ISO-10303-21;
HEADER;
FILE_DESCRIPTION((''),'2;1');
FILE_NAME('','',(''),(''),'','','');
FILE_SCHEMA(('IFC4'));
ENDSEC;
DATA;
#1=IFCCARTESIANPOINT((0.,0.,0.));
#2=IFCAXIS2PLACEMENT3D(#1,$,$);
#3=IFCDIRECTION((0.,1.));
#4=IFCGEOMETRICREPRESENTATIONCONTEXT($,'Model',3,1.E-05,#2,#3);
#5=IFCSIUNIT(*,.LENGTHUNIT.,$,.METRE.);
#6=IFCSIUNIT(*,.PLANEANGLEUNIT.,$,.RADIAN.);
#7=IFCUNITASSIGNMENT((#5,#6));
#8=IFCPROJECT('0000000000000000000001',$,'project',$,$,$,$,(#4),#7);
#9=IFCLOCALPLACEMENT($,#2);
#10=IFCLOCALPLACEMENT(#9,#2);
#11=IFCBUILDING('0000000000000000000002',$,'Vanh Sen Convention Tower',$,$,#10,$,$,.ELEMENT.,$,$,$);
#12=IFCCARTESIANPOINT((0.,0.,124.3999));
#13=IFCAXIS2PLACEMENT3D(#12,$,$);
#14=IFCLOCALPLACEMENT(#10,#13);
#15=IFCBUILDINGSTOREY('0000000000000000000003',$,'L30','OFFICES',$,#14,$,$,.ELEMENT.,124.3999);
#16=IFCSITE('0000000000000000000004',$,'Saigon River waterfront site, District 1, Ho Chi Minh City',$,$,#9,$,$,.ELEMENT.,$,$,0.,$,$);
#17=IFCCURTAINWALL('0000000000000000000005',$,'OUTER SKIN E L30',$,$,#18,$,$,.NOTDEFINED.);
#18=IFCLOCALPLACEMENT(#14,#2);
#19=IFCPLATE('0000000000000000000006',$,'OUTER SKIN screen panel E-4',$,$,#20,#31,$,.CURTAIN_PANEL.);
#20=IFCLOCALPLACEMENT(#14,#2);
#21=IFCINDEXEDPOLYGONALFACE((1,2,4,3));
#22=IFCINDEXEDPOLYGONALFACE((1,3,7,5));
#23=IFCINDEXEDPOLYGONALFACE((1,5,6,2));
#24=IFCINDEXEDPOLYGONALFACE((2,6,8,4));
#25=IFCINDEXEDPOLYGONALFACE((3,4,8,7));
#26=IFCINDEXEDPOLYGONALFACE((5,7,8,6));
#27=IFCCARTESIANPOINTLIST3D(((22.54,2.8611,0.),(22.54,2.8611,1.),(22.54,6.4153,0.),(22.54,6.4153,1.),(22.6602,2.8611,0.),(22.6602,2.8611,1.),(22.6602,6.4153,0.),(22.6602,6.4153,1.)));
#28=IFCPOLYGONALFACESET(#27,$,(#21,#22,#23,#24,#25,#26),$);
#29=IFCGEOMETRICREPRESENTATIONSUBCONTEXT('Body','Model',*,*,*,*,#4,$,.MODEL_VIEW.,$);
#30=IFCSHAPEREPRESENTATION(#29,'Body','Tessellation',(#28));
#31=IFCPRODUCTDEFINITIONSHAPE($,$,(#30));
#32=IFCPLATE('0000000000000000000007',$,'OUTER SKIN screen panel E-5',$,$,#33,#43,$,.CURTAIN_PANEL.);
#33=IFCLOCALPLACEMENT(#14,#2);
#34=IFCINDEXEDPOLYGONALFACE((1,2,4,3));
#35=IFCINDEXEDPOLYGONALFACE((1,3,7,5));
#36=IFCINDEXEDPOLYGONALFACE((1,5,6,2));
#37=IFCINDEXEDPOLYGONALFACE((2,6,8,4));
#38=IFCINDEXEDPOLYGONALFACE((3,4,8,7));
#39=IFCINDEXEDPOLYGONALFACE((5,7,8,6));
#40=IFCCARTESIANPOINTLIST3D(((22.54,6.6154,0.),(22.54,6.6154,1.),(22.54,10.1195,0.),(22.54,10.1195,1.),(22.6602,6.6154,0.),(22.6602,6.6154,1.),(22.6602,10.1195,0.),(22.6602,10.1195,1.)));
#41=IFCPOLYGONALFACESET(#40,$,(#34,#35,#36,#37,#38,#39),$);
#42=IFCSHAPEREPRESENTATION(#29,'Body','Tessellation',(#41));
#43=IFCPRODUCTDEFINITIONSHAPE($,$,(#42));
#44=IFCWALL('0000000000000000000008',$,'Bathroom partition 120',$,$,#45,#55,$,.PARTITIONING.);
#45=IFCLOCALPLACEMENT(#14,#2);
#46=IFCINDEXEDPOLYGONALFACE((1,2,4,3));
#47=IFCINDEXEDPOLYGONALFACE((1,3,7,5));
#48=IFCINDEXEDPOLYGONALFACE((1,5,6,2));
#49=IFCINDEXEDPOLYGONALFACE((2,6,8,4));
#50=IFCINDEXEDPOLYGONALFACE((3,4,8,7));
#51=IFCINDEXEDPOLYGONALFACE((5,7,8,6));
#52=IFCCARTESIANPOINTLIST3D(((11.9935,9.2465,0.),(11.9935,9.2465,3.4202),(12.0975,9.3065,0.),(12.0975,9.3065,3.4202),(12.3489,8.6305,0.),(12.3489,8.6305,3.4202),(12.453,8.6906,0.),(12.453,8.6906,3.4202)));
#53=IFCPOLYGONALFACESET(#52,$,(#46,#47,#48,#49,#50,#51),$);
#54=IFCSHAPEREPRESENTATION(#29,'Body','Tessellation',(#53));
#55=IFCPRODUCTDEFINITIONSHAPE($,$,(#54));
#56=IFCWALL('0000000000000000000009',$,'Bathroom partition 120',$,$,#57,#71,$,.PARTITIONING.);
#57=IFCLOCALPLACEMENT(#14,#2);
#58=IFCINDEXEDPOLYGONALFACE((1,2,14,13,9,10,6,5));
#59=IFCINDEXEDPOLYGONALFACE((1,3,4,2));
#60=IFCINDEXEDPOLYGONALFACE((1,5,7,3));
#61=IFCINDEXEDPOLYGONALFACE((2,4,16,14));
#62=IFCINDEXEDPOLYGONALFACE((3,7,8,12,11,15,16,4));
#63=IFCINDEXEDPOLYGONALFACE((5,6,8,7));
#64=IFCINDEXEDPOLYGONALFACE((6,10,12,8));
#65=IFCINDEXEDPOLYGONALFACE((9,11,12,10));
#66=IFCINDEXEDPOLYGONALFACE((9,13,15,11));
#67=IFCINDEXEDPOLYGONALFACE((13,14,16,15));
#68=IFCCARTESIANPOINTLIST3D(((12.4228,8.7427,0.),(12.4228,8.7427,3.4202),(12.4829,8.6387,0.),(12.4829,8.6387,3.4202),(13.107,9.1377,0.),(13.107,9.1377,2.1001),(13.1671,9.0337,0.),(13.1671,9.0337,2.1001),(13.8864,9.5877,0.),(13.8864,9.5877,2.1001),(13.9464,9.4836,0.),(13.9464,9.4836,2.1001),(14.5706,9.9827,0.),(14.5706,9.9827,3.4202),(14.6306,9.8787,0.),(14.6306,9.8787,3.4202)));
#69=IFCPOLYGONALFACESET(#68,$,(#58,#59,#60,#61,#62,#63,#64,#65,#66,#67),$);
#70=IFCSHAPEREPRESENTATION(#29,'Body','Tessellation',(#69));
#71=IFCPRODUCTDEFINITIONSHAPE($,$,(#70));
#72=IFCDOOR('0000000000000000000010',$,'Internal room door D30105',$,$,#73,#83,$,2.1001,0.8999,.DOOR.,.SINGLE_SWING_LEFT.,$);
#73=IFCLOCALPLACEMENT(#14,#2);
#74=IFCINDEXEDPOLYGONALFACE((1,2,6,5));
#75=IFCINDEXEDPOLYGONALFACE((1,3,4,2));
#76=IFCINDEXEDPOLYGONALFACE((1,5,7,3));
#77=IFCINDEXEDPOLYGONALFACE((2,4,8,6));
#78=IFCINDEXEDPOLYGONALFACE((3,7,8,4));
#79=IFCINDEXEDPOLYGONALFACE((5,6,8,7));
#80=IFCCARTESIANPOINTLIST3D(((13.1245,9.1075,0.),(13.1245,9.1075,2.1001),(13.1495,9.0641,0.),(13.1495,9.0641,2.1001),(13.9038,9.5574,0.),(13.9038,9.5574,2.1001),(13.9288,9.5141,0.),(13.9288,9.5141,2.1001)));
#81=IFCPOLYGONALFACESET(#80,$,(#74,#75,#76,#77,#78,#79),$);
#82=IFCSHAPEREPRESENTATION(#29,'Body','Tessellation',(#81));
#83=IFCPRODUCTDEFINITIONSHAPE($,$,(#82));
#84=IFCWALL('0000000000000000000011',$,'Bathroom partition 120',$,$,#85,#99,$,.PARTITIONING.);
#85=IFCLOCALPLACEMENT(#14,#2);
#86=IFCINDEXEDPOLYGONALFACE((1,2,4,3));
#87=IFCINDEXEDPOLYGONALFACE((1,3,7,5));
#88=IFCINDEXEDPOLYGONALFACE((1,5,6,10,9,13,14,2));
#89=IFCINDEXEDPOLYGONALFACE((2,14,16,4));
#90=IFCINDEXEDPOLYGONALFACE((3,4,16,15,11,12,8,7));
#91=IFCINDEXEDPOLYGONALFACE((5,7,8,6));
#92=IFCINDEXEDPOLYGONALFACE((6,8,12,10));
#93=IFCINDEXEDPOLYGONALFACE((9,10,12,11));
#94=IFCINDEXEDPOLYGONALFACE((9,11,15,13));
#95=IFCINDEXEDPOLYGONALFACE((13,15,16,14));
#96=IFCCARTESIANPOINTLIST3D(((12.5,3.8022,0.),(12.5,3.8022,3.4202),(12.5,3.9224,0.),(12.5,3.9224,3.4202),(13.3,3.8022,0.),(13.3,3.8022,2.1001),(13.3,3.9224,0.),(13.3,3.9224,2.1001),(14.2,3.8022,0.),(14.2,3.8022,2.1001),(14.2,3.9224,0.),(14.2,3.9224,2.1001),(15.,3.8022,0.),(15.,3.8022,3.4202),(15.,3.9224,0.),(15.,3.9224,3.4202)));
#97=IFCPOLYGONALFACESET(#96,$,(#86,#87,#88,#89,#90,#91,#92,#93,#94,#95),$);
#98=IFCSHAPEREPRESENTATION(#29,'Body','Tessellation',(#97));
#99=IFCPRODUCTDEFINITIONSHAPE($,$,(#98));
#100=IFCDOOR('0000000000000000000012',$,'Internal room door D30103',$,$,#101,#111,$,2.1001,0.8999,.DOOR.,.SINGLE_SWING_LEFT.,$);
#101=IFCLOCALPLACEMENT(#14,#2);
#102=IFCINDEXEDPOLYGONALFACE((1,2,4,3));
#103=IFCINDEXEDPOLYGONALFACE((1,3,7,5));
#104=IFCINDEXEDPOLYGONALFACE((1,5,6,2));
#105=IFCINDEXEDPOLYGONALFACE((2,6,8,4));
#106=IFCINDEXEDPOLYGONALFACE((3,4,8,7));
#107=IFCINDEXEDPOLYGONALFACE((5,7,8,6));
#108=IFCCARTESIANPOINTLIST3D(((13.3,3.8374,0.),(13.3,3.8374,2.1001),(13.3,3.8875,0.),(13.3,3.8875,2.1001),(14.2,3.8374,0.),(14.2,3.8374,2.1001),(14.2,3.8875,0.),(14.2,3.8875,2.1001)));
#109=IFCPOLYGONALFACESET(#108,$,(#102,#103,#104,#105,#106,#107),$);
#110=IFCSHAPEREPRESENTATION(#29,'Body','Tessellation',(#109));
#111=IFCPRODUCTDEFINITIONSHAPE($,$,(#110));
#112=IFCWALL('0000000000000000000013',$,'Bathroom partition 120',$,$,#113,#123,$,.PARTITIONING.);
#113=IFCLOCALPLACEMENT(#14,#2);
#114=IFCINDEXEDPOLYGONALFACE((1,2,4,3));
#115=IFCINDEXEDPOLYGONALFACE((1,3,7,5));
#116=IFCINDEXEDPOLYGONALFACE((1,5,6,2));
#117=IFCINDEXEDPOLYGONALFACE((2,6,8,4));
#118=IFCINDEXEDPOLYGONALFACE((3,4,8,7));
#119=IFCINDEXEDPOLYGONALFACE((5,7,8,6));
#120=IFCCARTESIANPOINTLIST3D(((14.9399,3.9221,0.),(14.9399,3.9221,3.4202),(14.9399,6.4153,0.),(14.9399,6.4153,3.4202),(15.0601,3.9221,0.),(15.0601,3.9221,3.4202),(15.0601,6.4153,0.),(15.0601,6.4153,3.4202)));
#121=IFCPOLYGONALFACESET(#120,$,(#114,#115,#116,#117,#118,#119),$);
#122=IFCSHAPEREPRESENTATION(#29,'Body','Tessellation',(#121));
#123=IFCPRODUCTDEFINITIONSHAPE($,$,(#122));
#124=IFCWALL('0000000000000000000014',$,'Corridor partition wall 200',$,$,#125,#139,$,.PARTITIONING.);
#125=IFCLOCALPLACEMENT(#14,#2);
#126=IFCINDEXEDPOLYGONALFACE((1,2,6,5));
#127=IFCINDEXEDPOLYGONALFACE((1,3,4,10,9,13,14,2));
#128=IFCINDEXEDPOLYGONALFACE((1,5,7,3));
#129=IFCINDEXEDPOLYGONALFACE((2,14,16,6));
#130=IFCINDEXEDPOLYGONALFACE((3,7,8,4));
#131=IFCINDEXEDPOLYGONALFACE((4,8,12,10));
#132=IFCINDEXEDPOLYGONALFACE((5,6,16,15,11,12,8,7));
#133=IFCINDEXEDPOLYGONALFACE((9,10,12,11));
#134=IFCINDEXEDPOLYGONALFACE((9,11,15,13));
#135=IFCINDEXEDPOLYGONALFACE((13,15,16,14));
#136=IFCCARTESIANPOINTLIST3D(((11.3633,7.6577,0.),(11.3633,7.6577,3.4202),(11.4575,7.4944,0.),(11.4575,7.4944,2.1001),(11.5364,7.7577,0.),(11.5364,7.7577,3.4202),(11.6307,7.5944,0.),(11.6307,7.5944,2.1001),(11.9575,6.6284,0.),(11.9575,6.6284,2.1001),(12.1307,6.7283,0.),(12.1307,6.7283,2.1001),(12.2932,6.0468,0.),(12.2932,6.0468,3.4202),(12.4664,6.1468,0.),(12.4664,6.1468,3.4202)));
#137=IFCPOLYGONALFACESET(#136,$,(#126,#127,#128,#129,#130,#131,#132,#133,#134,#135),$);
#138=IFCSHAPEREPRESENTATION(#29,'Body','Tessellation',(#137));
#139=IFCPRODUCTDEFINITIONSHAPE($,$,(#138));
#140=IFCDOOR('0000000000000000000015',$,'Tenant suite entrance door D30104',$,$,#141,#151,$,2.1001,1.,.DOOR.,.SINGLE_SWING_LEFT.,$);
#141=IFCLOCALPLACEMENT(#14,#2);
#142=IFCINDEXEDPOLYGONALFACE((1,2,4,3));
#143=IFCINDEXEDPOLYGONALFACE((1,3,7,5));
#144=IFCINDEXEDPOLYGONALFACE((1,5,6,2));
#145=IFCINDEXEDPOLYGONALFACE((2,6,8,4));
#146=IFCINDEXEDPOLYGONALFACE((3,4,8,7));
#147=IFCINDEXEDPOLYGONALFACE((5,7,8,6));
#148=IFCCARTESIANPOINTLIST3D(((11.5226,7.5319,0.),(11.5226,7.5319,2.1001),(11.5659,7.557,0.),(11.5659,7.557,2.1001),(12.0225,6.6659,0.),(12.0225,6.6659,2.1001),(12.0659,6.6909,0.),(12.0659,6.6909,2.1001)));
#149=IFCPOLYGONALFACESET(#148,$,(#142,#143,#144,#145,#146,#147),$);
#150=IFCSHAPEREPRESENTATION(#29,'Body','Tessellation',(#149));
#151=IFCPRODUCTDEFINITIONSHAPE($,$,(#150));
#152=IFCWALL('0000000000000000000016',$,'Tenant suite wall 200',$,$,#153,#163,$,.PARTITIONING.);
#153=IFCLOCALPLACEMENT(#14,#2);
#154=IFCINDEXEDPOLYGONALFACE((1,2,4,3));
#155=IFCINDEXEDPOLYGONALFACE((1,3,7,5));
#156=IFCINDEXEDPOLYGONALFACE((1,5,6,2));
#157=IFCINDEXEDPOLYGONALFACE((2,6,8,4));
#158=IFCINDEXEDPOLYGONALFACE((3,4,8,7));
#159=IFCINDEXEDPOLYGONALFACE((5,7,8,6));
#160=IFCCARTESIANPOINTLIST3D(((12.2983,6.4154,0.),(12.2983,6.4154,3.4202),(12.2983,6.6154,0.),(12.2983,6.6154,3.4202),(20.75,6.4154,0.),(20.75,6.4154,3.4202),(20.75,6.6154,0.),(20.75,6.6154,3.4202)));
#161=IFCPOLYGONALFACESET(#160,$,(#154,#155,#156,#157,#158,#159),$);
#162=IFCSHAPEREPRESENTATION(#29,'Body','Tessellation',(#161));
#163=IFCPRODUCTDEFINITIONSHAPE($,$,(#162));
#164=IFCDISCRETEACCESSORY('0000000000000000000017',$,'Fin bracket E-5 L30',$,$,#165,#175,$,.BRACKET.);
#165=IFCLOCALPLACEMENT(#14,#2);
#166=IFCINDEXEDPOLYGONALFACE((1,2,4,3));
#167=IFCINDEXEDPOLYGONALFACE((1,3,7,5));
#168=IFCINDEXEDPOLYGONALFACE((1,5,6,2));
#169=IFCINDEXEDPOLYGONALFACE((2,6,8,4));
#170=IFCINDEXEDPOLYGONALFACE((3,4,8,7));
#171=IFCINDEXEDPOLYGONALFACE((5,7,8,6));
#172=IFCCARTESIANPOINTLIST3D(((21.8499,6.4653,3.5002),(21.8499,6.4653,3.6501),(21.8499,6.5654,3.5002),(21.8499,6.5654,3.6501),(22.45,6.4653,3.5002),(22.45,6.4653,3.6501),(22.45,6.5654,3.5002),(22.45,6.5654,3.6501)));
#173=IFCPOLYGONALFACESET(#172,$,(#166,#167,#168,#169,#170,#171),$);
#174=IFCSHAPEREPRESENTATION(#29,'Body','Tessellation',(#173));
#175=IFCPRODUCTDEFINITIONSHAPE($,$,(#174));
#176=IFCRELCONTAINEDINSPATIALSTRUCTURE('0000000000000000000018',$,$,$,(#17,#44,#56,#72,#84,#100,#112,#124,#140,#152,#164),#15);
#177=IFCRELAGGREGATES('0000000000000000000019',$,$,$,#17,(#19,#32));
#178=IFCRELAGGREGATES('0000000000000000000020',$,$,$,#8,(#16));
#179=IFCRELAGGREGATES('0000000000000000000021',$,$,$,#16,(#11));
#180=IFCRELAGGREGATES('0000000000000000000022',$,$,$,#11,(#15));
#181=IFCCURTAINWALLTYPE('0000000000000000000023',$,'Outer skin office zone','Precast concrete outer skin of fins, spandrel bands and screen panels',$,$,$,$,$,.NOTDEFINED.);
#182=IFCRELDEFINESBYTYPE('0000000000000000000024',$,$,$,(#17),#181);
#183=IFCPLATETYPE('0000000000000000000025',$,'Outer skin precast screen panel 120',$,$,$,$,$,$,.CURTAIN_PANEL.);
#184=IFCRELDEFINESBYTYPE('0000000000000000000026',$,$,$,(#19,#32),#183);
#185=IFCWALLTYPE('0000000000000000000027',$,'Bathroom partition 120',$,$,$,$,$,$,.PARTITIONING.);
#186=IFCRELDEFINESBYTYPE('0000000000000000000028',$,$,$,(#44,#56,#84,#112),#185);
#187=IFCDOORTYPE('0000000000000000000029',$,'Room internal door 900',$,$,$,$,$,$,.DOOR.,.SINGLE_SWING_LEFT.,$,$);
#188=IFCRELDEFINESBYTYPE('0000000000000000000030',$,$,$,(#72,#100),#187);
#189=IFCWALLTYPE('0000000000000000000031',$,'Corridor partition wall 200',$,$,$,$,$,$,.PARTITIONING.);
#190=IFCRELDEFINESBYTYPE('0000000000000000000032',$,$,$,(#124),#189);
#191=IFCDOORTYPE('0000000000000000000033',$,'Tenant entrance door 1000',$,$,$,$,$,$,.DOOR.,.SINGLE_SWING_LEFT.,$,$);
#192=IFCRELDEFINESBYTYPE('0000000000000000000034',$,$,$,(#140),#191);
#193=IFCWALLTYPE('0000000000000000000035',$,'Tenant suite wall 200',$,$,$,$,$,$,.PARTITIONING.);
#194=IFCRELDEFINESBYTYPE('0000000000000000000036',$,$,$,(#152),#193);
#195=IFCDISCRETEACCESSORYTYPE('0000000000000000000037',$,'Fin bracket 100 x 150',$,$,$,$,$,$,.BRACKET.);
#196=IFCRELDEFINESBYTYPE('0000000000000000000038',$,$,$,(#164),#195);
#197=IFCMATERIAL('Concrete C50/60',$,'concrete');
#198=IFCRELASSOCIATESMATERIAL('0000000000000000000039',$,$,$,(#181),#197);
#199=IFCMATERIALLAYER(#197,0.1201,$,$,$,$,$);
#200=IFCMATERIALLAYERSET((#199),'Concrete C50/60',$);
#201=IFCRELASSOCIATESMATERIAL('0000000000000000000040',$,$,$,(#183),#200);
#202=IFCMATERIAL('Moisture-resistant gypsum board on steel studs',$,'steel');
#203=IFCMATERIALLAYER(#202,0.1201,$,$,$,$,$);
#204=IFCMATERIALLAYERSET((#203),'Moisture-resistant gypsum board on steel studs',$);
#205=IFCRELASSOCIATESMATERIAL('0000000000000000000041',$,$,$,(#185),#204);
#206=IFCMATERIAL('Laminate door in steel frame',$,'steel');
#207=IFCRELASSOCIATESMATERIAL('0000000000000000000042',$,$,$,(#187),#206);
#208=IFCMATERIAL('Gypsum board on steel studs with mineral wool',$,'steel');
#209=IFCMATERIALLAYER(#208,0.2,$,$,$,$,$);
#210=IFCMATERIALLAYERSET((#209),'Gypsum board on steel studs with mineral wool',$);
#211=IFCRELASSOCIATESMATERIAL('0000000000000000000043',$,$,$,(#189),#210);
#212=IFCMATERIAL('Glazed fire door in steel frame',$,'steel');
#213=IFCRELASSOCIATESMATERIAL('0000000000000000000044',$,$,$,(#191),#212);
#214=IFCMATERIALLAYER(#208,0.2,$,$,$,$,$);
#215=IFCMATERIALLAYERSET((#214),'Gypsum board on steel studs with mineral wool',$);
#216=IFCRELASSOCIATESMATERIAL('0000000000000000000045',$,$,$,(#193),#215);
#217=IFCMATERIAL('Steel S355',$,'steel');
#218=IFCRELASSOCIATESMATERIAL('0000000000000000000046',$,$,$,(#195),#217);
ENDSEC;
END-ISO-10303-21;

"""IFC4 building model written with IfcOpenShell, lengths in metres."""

from ifc_helpers import new_model, si_unit, direction, frame, frame_2d, origin, origin_2d, place, context, subcontext, project, spatial, rectangle, extrude, material, layer, layer_set, type_object, element, fill, aggregate, save


model = new_model("IFC4")

# Units and contexts
model_context = context("Model", 3, precision=1e-05, world=origin(), true_north=direction((0.0, 1.0)))
body_context = subcontext(model_context, "Body", "Model", "MODEL_VIEW")
ifc_project = project(units=[si_unit("LENGTHUNIT", "METRE"), si_unit("PLANEANGLEUNIT", "RADIAN")], contexts=[model_context])

# Site, building, storey
site_placement = place(None, origin())
site = spatial("IfcSite", under=ifc_project, at=site_placement, Name="Saigon River waterfront site, District 1, Ho Chi Minh City", CompositionType="ELEMENT", RefElevation=0.0)
building_placement = place(site_placement, origin())
building = spatial("IfcBuilding", under=site, at=building_placement, Name="Vanh Sen Convention Tower", CompositionType="ELEMENT")
storey_placement = place(building_placement, frame((0.0, 0.0, 124.3999)))
storey = spatial("IfcBuildingStorey", under=building, at=storey_placement, Name="L30", Description="OFFICES", CompositionType="ELEMENT", Elevation=124.3999)

# Curtain wall
ifc_material_1 = material(Name="Concrete C50/60", Category="concrete")
curtain_wall_type = type_object("IfcCurtainWallType", Name="Outer skin office zone", Description="Precast concrete outer skin of fins, spandrel bands and screen panels", PredefinedType="NOTDEFINED", material=ifc_material_1)
curtain_wall_1_placement = place(storey_placement, origin())
curtain_wall_1 = element("IfcCurtainWall", 1, at=curtain_wall_1_placement, inside=storey, type_object=curtain_wall_type, Name="OUTER SKIN E L30", PredefinedType="NOTDEFINED")

# Plates
ifc_layer_1 = layer(ifc_material_1, 0.1201)
ifc_layer_set_1 = layer_set([ifc_layer_1], Name="Concrete C50/60")
plate_type = type_object("IfcPlateType", Name="Outer skin precast screen panel 120", PredefinedType="CURTAIN_PANEL", material=ifc_layer_set_1)
plate_1_placement = place(storey_placement, frame((22.6001, 4.6382, 0.0), z_axis=(0.0, 0.0, 1.0), x_axis=(0.0, 1.0, 0.0)))
plate_1 = element("IfcPlate", 2, at=plate_1_placement, type_object=plate_type, Name="OUTER SKIN screen panel E-4", PredefinedType="CURTAIN_PANEL", context=body_context, shape_type="SweptSolid", body=[
    extrude(rectangle(XDim=3.5542, YDim=0.1201, at=origin_2d()), origin(), (0.0, 0.0, 1.0), 1.0),
])
plate_2_placement = place(storey_placement, frame((22.6001, 8.3674, 0.0), z_axis=(0.0, 0.0, 1.0), x_axis=(0.0, 1.0, 0.0)))
plate_2 = element("IfcPlate", 3, at=plate_2_placement, type_object=plate_type, Name="OUTER SKIN screen panel E-5", PredefinedType="CURTAIN_PANEL", context=body_context, shape_type="SweptSolid", body=[
    extrude(rectangle(XDim=3.5042, YDim=0.1201, at=origin_2d()), origin(), (0.0, 0.0, 1.0), 1.0),
])
aggregate(curtain_wall_1, [plate_1, plate_2])

# Wall
ifc_material_2 = material(Name="Moisture-resistant gypsum board on steel studs", Category="steel")
ifc_layer_2 = layer(ifc_material_2, 0.1201)
ifc_layer_set_2 = layer_set([ifc_layer_2], Name="Moisture-resistant gypsum board on steel studs")
wall_type_1 = type_object("IfcWallType", Name="Bathroom partition 120", PredefinedType="PARTITIONING", material=ifc_layer_set_2)
wall_1_placement = place(storey_placement, frame((12.4009, 8.6606, 0.0), z_axis=(0.0, 0.0, 1.0), x_axis=(-0.499831, 0.866123, 0.0)))
element("IfcWall", 4, at=wall_1_placement, inside=storey, type_object=wall_type_1, Name="Bathroom partition 120", PredefinedType="PARTITIONING", context=body_context, shape_type="SweptSolid", body=[
    extrude(rectangle(XDim=0.7112, YDim=0.1201, at=frame_2d((0.3555, 0.0))), origin(), (0.0, 0.0, 1.0), 3.4202),
])

# Walls, openings, doors
wall_2_placement = place(storey_placement, frame((14.6006, 9.9307, 0.0), z_axis=(0.0, 0.0, 1.0), x_axis=(-0.866023, -0.500004, 0.0)))
wall_2 = element("IfcWall", 5, at=wall_2_placement, inside=storey, type_object=wall_type_1, Name="Bathroom partition 120", PredefinedType="PARTITIONING", context=body_context, shape_type="SweptSolid", body=[
    extrude(rectangle(XDim=2.48, YDim=0.1201, at=frame_2d((1.24, 0.0))), origin(), (0.0, 0.0, 1.0), 3.4202),
])
opening_1_placement = place(wall_2_placement, frame((0.79, 0.0, 0.0)))
opening_1 = element("IfcOpeningElement", 6, at=opening_1_placement, cuts=wall_2, PredefinedType="OPENING", context=body_context, shape_type="SweptSolid", body=[
    extrude(rectangle(XDim=0.8999, YDim=2.1001, at=frame_2d((0.45, 1.05))), frame((0.0, 0.0701, 0.0), z_axis=(0.0, -1.0, 0.0), x_axis=(1.0, 0.0, 0.0)), (0.0, 0.0, 1.0), 0.1401),
])
ifc_material_3 = material(Name="Laminate door in steel frame", Category="steel")
door_type_1 = type_object("IfcDoorType", Name="Room internal door 900", OperationType="SINGLE_SWING_LEFT", PredefinedType="DOOR", material=ifc_material_3)
door_1_placement = place(opening_1_placement, origin())
door_1 = element("IfcDoor", 7, at=door_1_placement, inside=storey, type_object=door_type_1, Name="Internal room door D30105", OperationType="SINGLE_SWING_LEFT", OverallHeight=2.1001, OverallWidth=0.8999, PredefinedType="DOOR", context=body_context, shape_type="SweptSolid", body=[
    extrude(rectangle(XDim=0.8999, YDim=2.1001, at=frame_2d((0.45, 1.05))), frame((0.0, 0.0249, 0.0), z_axis=(0.0, -1.0, 0.0), x_axis=(1.0, 0.0, 0.0)), (0.0, 0.0, 1.0), 0.05),
])
fill(opening_1, door_1)
wall_3_placement = place(storey_placement, frame((15.0, 3.8623, 0.0), z_axis=(0.0, 0.0, 1.0), x_axis=(-1.0, 0.0, 0.0)))
wall_3 = element("IfcWall", 8, at=wall_3_placement, inside=storey, type_object=wall_type_1, Name="Bathroom partition 120", PredefinedType="PARTITIONING", context=body_context, shape_type="SweptSolid", body=[
    extrude(rectangle(XDim=2.5, YDim=0.1201, at=frame_2d((1.25, 0.0))), origin(), (0.0, 0.0, 1.0), 3.4202),
])
opening_2_placement = place(wall_3_placement, frame((0.8, 0.0, 0.0)))
opening_2 = element("IfcOpeningElement", 9, at=opening_2_placement, cuts=wall_3, PredefinedType="OPENING", context=body_context, shape_type="SweptSolid", body=[
    extrude(rectangle(XDim=0.8999, YDim=2.1001, at=frame_2d((0.45, 1.05))), frame((0.0, 0.0701, 0.0), z_axis=(0.0, -1.0, 0.0), x_axis=(1.0, 0.0, 0.0)), (0.0, 0.0, 1.0), 0.1401),
])
door_2_placement = place(opening_2_placement, origin())
door_2 = element("IfcDoor", 10, at=door_2_placement, inside=storey, type_object=door_type_1, Name="Internal room door D30103", OperationType="SINGLE_SWING_LEFT", OverallHeight=2.1001, OverallWidth=0.8999, PredefinedType="DOOR", context=body_context, shape_type="SweptSolid", body=[
    extrude(rectangle(XDim=0.8999, YDim=2.1001, at=frame_2d((0.45, 1.05))), frame((0.0, 0.0249, 0.0), z_axis=(0.0, -1.0, 0.0), x_axis=(1.0, 0.0, 0.0)), (0.0, 0.0, 1.0), 0.05),
])
fill(opening_2, door_2)

# Wall
wall_4_placement = place(storey_placement, frame((15.0, 6.4153, 0.0), z_axis=(0.0, 0.0, 1.0), x_axis=(0.0, -1.0, 0.0)))
element("IfcWall", 11, at=wall_4_placement, inside=storey, type_object=wall_type_1, Name="Bathroom partition 120", PredefinedType="PARTITIONING", context=body_context, shape_type="SweptSolid", body=[
    extrude(rectangle(XDim=2.4932, YDim=0.1201, at=frame_2d((1.2466, 0.0))), origin(), (0.0, 0.0, 1.0), 3.4202),
])

# Wall, opening, door
ifc_material_4 = material(Name="Gypsum board on steel studs with mineral wool", Category="steel")
ifc_layer_3 = layer(ifc_material_4, 0.2)
ifc_layer_set_3 = layer_set([ifc_layer_3], Name="Gypsum board on steel studs with mineral wool")
wall_type_2 = type_object("IfcWallType", Name="Corridor partition wall 200", PredefinedType="PARTITIONING", material=ifc_layer_set_3)
wall_5_placement = place(storey_placement, frame((12.3799, 6.0967, 0.0), z_axis=(0.0, 0.0, 1.0), x_axis=(-0.499965, 0.866046, 0.0)))
wall_5 = element("IfcWall", 12, at=wall_5_placement, inside=storey, type_object=wall_type_2, Name="Corridor partition wall 200", PredefinedType="PARTITIONING", context=body_context, shape_type="SweptSolid", body=[
    extrude(rectangle(XDim=1.8601, YDim=0.2, at=frame_2d((0.9302, 0.0))), origin(), (0.0, 0.0, 1.0), 3.4202),
])
opening_3_placement = place(wall_5_placement, frame((0.6716, 0.0, 0.0)))
opening_3 = element("IfcOpeningElement", 13, at=opening_3_placement, cuts=wall_5, PredefinedType="OPENING", context=body_context, shape_type="SweptSolid", body=[
    extrude(rectangle(XDim=1.0, YDim=2.1001, at=frame_2d((0.5, 1.05))), frame((0.0, 0.1099, 0.0), z_axis=(0.0, -1.0, 0.0), x_axis=(1.0, 0.0, 0.0)), (0.0, 0.0, 1.0), 0.22),
])
ifc_material_5 = material(Name="Glazed fire door in steel frame", Category="steel")
door_type_2 = type_object("IfcDoorType", Name="Tenant entrance door 1000", OperationType="SINGLE_SWING_LEFT", PredefinedType="DOOR", material=ifc_material_5)
door_3_placement = place(opening_3_placement, origin())
door_3 = element("IfcDoor", 14, at=door_3_placement, inside=storey, type_object=door_type_2, Name="Tenant suite entrance door D30104", OperationType="SINGLE_SWING_LEFT", OverallHeight=2.1001, OverallWidth=1.0, PredefinedType="DOOR", context=body_context, shape_type="SweptSolid", body=[
    extrude(rectangle(XDim=1.0, YDim=2.1001, at=frame_2d((0.5, 1.05))), frame((0.0, 0.0249, 0.0), z_axis=(0.0, -1.0, 0.0), x_axis=(1.0, 0.0, 0.0)), (0.0, 0.0, 1.0), 0.05),
])
fill(opening_3, door_3)

# Wall
ifc_layer_4 = layer(ifc_material_4, 0.2)
ifc_layer_set_4 = layer_set([ifc_layer_4], Name="Gypsum board on steel studs with mineral wool")
wall_type_3 = type_object("IfcWallType", Name="Tenant suite wall 200", PredefinedType="PARTITIONING", material=ifc_layer_set_4)
wall_6_placement = place(storey_placement, frame((20.75, 6.5154, 0.0), z_axis=(0.0, 0.0, 1.0), x_axis=(-1.0, 0.0, 0.0)))
element("IfcWall", 15, at=wall_6_placement, inside=storey, type_object=wall_type_3, Name="Tenant suite wall 200", PredefinedType="PARTITIONING", context=body_context, shape_type="SweptSolid", body=[
    extrude(rectangle(XDim=8.4517, YDim=0.2, at=frame_2d((4.2258, 0.0))), origin(), (0.0, 0.0, 1.0), 3.4202),
])

# Discrete accessory
ifc_material_6 = material(Name="Steel S355", Category="steel")
discrete_accessory_type = type_object("IfcDiscreteAccessoryType", Name="Fin bracket 100 x 150", PredefinedType="BRACKET", material=ifc_material_6)
discrete_accessory_placement = place(storey_placement, frame((22.1499, 6.5154, 3.5002), z_axis=(0.0, 0.0, 1.0), x_axis=(1.0, 0.0, 0.0)))
element("IfcDiscreteAccessory", 16, at=discrete_accessory_placement, inside=storey, type_object=discrete_accessory_type, Name="Fin bracket E-5 L30", PredefinedType="BRACKET", context=body_context, shape_type="SweptSolid", body=[
    extrude(rectangle(XDim=0.6001, YDim=0.1001, at=origin_2d()), origin(), (0.0, 0.0, 1.0), 0.1499),
])

save(model, "model.ifc")
